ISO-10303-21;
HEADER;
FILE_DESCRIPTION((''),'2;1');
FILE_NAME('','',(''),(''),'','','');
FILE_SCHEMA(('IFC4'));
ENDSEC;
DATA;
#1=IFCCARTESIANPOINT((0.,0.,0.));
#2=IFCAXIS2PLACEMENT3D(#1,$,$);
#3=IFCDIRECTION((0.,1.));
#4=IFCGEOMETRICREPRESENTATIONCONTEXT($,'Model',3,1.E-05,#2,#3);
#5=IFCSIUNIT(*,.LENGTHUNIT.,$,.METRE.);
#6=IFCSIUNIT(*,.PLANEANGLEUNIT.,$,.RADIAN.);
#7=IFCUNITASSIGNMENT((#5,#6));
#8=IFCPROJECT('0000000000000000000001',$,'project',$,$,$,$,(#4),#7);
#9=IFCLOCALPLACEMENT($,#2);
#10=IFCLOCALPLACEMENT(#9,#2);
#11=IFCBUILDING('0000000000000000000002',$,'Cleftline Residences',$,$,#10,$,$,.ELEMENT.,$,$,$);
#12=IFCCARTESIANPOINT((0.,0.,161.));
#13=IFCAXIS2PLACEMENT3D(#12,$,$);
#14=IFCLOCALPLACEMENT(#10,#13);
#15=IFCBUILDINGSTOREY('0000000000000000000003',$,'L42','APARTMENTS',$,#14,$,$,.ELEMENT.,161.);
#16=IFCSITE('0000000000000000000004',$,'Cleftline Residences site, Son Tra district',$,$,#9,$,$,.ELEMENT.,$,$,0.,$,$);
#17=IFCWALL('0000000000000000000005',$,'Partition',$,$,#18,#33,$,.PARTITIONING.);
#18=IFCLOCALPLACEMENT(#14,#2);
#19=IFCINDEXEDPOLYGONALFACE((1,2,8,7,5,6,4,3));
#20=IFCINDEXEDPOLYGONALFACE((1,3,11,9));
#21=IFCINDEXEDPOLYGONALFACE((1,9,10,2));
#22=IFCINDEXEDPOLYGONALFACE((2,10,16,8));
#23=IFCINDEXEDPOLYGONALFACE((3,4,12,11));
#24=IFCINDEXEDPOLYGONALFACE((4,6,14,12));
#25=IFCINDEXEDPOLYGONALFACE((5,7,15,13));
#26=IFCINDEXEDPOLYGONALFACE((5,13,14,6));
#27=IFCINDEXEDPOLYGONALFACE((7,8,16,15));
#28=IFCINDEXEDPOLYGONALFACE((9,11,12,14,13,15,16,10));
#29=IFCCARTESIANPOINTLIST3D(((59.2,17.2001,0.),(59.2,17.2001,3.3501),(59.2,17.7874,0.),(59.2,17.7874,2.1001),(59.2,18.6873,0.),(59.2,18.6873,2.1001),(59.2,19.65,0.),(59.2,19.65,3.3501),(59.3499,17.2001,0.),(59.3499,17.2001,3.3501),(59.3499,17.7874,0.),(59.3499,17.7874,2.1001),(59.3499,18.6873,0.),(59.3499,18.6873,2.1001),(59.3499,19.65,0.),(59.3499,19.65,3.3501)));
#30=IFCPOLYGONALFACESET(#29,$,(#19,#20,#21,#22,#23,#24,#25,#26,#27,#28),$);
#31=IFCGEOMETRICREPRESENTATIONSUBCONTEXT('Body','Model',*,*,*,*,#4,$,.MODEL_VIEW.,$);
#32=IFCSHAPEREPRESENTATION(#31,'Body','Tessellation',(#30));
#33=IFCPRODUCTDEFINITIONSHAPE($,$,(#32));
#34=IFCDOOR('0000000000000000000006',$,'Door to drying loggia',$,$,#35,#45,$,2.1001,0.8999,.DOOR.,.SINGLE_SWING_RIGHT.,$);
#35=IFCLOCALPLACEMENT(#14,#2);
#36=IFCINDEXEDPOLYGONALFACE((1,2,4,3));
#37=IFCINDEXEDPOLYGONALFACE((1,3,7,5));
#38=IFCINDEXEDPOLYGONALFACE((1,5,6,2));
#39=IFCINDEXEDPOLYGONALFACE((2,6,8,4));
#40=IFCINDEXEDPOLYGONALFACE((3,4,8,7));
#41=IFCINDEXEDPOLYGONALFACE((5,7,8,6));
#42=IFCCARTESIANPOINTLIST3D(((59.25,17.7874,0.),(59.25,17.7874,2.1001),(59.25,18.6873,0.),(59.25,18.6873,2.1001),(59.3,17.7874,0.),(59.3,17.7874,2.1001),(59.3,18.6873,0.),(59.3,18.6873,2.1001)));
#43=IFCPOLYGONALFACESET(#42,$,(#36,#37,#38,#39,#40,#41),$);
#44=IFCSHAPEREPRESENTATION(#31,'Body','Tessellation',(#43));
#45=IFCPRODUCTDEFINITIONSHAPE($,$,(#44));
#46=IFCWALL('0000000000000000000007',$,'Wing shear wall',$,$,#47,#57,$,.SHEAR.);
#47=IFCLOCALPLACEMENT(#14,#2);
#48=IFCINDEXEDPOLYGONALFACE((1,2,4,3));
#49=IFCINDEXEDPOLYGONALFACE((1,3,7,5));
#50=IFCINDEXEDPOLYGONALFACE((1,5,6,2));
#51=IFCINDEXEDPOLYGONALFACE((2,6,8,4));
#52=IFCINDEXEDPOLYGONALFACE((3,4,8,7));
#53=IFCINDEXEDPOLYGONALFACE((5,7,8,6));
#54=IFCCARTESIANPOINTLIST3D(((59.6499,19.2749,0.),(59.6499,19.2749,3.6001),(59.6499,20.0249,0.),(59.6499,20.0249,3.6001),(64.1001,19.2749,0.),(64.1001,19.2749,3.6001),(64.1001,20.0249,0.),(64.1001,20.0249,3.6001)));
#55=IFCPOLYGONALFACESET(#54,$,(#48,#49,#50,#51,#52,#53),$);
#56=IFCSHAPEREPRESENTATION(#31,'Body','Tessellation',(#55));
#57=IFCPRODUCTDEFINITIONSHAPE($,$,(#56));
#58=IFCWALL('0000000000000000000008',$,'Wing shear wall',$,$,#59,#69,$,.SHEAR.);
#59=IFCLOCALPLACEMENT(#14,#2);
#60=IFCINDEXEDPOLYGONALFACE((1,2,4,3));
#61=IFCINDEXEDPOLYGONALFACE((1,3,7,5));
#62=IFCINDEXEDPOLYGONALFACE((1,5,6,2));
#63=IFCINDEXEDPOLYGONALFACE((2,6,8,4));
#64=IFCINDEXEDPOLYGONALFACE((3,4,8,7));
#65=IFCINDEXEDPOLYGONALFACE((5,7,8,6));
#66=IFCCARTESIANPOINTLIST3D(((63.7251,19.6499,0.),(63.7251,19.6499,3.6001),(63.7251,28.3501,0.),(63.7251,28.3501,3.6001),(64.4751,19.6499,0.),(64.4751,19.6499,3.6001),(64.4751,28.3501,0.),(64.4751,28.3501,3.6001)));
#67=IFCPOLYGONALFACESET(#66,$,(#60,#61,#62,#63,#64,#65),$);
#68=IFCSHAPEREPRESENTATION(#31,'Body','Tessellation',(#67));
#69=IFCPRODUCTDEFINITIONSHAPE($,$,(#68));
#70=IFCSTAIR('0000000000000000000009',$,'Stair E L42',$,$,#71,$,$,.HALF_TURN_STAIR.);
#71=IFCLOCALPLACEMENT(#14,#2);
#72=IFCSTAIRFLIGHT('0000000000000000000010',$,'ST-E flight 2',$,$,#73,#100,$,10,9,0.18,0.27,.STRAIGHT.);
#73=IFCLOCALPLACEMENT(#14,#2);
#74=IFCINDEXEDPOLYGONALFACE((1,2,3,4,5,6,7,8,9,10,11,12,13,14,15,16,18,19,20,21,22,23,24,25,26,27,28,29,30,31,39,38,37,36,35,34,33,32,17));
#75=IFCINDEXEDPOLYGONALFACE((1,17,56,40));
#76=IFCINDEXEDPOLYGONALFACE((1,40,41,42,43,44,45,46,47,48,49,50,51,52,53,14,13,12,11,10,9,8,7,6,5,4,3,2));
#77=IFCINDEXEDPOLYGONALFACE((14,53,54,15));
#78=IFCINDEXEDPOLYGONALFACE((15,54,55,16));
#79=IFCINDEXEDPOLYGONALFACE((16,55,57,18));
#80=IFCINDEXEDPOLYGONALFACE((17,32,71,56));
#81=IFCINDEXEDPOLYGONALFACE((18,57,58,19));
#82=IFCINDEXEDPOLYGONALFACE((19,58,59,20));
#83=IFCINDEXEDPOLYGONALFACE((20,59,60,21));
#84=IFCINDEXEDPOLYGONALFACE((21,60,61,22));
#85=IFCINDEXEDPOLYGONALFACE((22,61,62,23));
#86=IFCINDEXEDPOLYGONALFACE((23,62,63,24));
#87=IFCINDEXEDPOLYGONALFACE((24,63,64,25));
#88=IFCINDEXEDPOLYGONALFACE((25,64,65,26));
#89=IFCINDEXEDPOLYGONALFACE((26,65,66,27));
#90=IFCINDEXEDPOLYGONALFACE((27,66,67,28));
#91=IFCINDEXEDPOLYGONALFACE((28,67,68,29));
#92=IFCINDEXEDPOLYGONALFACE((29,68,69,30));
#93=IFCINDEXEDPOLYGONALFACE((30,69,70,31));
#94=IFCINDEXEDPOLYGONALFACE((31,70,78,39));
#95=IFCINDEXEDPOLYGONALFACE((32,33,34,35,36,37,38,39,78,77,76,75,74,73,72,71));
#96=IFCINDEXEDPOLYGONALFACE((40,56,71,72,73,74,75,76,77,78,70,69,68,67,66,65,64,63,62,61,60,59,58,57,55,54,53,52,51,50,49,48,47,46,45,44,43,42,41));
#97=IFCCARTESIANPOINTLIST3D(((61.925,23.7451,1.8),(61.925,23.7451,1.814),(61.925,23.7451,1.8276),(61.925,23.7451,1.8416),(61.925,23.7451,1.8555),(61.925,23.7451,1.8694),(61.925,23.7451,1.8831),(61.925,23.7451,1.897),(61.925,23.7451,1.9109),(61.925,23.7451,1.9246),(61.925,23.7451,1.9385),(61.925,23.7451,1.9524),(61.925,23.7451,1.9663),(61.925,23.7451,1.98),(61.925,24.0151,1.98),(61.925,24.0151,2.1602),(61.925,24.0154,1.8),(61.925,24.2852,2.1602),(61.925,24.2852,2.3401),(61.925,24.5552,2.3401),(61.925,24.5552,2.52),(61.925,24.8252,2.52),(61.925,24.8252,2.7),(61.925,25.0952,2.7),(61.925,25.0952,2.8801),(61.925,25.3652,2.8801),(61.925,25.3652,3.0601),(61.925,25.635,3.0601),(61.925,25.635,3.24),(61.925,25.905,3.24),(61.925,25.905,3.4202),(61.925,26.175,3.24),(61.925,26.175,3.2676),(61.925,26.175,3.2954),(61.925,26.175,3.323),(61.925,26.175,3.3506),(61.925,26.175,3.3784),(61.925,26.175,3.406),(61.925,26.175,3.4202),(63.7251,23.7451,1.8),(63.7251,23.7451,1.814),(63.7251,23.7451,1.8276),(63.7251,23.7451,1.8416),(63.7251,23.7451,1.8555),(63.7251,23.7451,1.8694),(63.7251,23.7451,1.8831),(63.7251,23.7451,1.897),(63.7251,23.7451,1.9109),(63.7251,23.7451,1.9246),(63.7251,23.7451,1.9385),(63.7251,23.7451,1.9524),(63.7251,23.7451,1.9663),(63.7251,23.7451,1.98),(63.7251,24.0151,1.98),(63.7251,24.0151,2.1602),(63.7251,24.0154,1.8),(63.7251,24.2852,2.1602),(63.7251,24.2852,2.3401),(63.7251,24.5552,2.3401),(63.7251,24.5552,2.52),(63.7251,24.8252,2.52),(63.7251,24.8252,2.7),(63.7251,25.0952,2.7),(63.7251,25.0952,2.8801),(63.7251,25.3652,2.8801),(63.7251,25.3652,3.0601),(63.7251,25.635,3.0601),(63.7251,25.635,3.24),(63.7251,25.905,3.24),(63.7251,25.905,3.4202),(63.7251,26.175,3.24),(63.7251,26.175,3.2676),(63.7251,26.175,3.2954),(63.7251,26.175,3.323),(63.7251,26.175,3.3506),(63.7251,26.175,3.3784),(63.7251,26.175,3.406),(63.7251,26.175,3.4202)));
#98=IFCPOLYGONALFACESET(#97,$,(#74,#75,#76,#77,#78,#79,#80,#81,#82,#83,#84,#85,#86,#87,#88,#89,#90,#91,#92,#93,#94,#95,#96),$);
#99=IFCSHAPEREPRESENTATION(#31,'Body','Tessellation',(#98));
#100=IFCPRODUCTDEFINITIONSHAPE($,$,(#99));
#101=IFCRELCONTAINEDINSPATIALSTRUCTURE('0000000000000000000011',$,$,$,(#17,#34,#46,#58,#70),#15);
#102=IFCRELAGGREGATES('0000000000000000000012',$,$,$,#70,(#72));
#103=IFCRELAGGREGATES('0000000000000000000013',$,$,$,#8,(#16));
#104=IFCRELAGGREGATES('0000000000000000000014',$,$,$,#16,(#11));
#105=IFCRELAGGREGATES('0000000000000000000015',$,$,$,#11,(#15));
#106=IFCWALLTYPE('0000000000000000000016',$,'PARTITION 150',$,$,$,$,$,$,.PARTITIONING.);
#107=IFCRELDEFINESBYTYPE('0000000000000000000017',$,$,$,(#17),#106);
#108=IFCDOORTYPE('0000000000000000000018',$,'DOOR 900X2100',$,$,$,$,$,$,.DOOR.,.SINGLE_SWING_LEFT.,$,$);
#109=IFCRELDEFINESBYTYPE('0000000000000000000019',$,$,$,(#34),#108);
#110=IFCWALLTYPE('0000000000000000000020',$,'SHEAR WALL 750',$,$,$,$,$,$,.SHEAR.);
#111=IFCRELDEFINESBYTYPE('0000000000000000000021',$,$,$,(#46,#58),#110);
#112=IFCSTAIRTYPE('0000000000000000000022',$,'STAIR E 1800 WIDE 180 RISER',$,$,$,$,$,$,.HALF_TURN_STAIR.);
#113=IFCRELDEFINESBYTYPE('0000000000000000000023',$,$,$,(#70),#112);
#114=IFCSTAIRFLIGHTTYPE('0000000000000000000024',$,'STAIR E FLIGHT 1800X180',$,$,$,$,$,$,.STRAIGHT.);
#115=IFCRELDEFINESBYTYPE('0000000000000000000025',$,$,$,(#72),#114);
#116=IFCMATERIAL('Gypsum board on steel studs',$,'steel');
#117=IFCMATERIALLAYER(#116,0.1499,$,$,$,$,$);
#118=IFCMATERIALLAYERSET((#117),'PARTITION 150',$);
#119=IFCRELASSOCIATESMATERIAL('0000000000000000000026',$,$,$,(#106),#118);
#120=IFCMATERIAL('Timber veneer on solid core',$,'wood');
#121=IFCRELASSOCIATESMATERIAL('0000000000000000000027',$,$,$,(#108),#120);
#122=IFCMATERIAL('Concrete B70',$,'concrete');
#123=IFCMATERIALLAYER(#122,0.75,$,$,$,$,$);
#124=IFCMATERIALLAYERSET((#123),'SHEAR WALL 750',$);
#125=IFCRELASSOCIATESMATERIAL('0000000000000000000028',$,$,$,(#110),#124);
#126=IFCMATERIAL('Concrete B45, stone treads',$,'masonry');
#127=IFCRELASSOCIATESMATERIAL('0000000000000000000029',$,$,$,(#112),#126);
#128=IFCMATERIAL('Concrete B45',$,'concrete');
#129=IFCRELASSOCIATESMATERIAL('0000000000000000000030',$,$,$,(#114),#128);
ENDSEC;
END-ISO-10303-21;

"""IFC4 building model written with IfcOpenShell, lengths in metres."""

from ifc_helpers import new_model, si_unit, direction, frame, frame_2d, origin, place, context, subcontext, project, spatial, polyline, rectangle, outline, extrude, material, layer, layer_set, type_object, element, fill, aggregate, save


model = new_model("IFC4")

# Units and contexts
model_context = context("Model", 3, precision=1e-05, world=origin(), true_north=direction((0.0, 1.0)))
body_context = subcontext(model_context, "Body", "Model", "MODEL_VIEW")
ifc_project = project(units=[si_unit("LENGTHUNIT", "METRE"), si_unit("PLANEANGLEUNIT", "RADIAN")], contexts=[model_context])

# Site, building, storey
site_placement = place(None, origin())
site = spatial("IfcSite", under=ifc_project, at=site_placement, Name="Cleftline Residences site, Son Tra district", CompositionType="ELEMENT", RefElevation=0.0)
building_placement = place(site_placement, origin())
building = spatial("IfcBuilding", under=site, at=building_placement, Name="Cleftline Residences", CompositionType="ELEMENT")
storey_placement = place(building_placement, frame((0.0, 0.0, 161.0)))
storey = spatial("IfcBuildingStorey", under=building, at=storey_placement, Name="L42", Description="APARTMENTS", CompositionType="ELEMENT", Elevation=161.0)

# Shared definitions
ifc_material_1 = material(Name="Gypsum board on steel studs", Category="steel")
ifc_layer_1 = layer(ifc_material_1, 0.1499)
ifc_layer_set_1 = layer_set([ifc_layer_1], Name="PARTITION 150")
wall_type_1 = type_object("IfcWallType", Name="PARTITION 150", PredefinedType="PARTITIONING", material=ifc_layer_set_1)

# Wall, opening, door
wall_1_placement = place(storey_placement, frame((59.2749, 17.2, 0.0), z_axis=(0.0, 0.0, 1.0), x_axis=(0.0, 1.0, 0.0)))
wall_1 = element("IfcWall", 1, at=wall_1_placement, inside=storey, type_object=wall_type_1, Name="Partition", PredefinedType="PARTITIONING", context=body_context, shape_type="SweptSolid", body=[
    extrude(rectangle(XDim=2.45, YDim=0.1499, at=frame_2d((1.2251, 0.0))), origin(), (0.0, 0.0, 1.0), 3.3501),
])
opening_1_placement = place(wall_1_placement, frame((0.5874, 0.0, 0.0)))
opening_1 = element("IfcOpeningElement", 2, at=opening_1_placement, cuts=wall_1, PredefinedType="OPENING", context=body_context, shape_type="SweptSolid", body=[
    extrude(rectangle(XDim=0.8999, YDim=2.1001, at=frame_2d((0.45, 1.05))), frame((0.0, 0.085, 0.0), z_axis=(0.0, -1.0, 0.0), x_axis=(1.0, 0.0, 0.0)), (0.0, 0.0, 1.0), 0.1699),
])
ifc_material_2 = material(Name="Timber veneer on solid core", Category="wood")
door_type_1 = type_object("IfcDoorType", Name="DOOR 900X2100", OperationType="SINGLE_SWING_LEFT", PredefinedType="DOOR", material=ifc_material_2)
door_1_placement = place(opening_1_placement, origin())
door_1 = element("IfcDoor", 3, at=door_1_placement, inside=storey, type_object=door_type_1, Name="Door to drying loggia", OperationType="SINGLE_SWING_RIGHT", OverallHeight=2.1001, OverallWidth=0.8999, PredefinedType="DOOR", context=body_context, shape_type="SweptSolid", body=[
    extrude(rectangle(XDim=0.8999, YDim=2.1001, at=frame_2d((0.45, 1.05))), frame((0.0, 0.0249, 0.0), z_axis=(0.0, -1.0, 0.0), x_axis=(1.0, 0.0, 0.0)), (0.0, 0.0, 1.0), 0.05),
])
fill(opening_1, door_1)

# Walls
ifc_material_3 = material(Name="Concrete B70", Category="concrete")
ifc_layer_2 = layer(ifc_material_3, 0.75)
ifc_layer_set_2 = layer_set([ifc_layer_2], Name="SHEAR WALL 750")
wall_type_2 = type_object("IfcWallType", Name="SHEAR WALL 750", PredefinedType="SHEAR", material=ifc_layer_set_2)
wall_2_placement = place(storey_placement, frame((59.6499, 19.6499, 0.0), z_axis=(0.0, 0.0, 1.0), x_axis=(1.0, 0.0, 0.0)))
element("IfcWall", 4, at=wall_2_placement, inside=storey, type_object=wall_type_2, Name="Wing shear wall", PredefinedType="SHEAR", context=body_context, shape_type="SweptSolid", body=[
    extrude(rectangle(XDim=4.4502, YDim=0.75, at=frame_2d((2.2251, 0.0))), origin(), (0.0, 0.0, 1.0), 3.6001),
])
wall_3_placement = place(storey_placement, frame((64.1001, 19.6499, 0.0), z_axis=(0.0, 0.0, 1.0), x_axis=(0.0, 1.0, 0.0)))
element("IfcWall", 5, at=wall_3_placement, inside=storey, type_object=wall_type_2, Name="Wing shear wall", PredefinedType="SHEAR", context=body_context, shape_type="SweptSolid", body=[
    extrude(rectangle(XDim=8.7002, YDim=0.75, at=frame_2d((4.3501, 0.0))), origin(), (0.0, 0.0, 1.0), 3.6001),
])

# Stair, stair flight
ifc_material_4 = material(Name="Concrete B45, stone treads", Category="masonry")
stair_type = type_object("IfcStairType", Name="STAIR E 1800 WIDE 180 RISER", PredefinedType="HALF_TURN_STAIR", material=ifc_material_4)
stair_placement = place(storey_placement, origin())
stair = element("IfcStair", 6, at=stair_placement, inside=storey, type_object=stair_type, Name="Stair E L42", PredefinedType="HALF_TURN_STAIR")
ifc_material_5 = material(Name="Concrete B45", Category="concrete")
stair_flight_type = type_object("IfcStairFlightType", Name="STAIR E FLIGHT 1800X180", PredefinedType="STRAIGHT", material=ifc_material_5)
stair_flight_placement = place(storey_placement, frame((62.825, 23.7451, 1.8), z_axis=(0.0, 0.0, 1.0), x_axis=(0.0, 1.0, 0.0)))
stair_flight = element("IfcStairFlight", 7, at=stair_flight_placement, type_object=stair_flight_type, Name="ST-E flight 2", NumberOfRisers=10, NumberOfTreads=9, PredefinedType="STRAIGHT", RiserHeight=0.18, TreadLength=0.27, context=body_context, shape_type="SweptSolid", body=[
    extrude(outline(polyline([(0.0, 0.0), (0.0, 0.0139), (0.0, 0.0276), (0.0, 0.0415), (0.0, 0.0554), (0.0, 0.0693), (0.0, 0.083), (0.0, 0.0969), (0.0, 0.1108), (0.0, 0.1245), (0.0, 0.1384), (0.0, 0.1523), (0.0, 0.1663), (0.0, 0.1799), (0.27, 0.1799), (0.27, 0.3601), (0.54, 0.3601), (0.54, 0.54), (0.8101, 0.54), (0.8101, 0.72), (1.0801, 0.72), (1.0801, 0.8999), (1.3501, 0.8999), (1.3501, 1.0801), (1.6201, 1.0801), (1.6201, 1.26), (1.8899, 1.26), (1.8899, 1.4399), (2.1599, 1.4399), (2.1599, 1.6201), (2.4299, 1.6201), (2.4299, 1.8), (2.4299, 1.7722), (2.4299, 1.7446), (2.4299, 1.7168), (2.4299, 1.6892), (2.4299, 1.6614), (2.4299, 1.6338), (2.4299, 1.606), (2.4299, 1.5784), (2.4299, 1.5505), (2.4299, 1.5229), (2.4299, 1.4954), (2.4299, 1.4675), (2.4299, 1.4399), (0.2703, 0.0), (0.0, 0.0)])), frame((0.0, 0.8999, 0.0), z_axis=(0.0, -1.0, 0.0), x_axis=(1.0, 0.0, 0.0)), (0.0, 0.0, 1.0), 1.8),
])
aggregate(stair, [stair_flight])

save(model, "model.ifc")
